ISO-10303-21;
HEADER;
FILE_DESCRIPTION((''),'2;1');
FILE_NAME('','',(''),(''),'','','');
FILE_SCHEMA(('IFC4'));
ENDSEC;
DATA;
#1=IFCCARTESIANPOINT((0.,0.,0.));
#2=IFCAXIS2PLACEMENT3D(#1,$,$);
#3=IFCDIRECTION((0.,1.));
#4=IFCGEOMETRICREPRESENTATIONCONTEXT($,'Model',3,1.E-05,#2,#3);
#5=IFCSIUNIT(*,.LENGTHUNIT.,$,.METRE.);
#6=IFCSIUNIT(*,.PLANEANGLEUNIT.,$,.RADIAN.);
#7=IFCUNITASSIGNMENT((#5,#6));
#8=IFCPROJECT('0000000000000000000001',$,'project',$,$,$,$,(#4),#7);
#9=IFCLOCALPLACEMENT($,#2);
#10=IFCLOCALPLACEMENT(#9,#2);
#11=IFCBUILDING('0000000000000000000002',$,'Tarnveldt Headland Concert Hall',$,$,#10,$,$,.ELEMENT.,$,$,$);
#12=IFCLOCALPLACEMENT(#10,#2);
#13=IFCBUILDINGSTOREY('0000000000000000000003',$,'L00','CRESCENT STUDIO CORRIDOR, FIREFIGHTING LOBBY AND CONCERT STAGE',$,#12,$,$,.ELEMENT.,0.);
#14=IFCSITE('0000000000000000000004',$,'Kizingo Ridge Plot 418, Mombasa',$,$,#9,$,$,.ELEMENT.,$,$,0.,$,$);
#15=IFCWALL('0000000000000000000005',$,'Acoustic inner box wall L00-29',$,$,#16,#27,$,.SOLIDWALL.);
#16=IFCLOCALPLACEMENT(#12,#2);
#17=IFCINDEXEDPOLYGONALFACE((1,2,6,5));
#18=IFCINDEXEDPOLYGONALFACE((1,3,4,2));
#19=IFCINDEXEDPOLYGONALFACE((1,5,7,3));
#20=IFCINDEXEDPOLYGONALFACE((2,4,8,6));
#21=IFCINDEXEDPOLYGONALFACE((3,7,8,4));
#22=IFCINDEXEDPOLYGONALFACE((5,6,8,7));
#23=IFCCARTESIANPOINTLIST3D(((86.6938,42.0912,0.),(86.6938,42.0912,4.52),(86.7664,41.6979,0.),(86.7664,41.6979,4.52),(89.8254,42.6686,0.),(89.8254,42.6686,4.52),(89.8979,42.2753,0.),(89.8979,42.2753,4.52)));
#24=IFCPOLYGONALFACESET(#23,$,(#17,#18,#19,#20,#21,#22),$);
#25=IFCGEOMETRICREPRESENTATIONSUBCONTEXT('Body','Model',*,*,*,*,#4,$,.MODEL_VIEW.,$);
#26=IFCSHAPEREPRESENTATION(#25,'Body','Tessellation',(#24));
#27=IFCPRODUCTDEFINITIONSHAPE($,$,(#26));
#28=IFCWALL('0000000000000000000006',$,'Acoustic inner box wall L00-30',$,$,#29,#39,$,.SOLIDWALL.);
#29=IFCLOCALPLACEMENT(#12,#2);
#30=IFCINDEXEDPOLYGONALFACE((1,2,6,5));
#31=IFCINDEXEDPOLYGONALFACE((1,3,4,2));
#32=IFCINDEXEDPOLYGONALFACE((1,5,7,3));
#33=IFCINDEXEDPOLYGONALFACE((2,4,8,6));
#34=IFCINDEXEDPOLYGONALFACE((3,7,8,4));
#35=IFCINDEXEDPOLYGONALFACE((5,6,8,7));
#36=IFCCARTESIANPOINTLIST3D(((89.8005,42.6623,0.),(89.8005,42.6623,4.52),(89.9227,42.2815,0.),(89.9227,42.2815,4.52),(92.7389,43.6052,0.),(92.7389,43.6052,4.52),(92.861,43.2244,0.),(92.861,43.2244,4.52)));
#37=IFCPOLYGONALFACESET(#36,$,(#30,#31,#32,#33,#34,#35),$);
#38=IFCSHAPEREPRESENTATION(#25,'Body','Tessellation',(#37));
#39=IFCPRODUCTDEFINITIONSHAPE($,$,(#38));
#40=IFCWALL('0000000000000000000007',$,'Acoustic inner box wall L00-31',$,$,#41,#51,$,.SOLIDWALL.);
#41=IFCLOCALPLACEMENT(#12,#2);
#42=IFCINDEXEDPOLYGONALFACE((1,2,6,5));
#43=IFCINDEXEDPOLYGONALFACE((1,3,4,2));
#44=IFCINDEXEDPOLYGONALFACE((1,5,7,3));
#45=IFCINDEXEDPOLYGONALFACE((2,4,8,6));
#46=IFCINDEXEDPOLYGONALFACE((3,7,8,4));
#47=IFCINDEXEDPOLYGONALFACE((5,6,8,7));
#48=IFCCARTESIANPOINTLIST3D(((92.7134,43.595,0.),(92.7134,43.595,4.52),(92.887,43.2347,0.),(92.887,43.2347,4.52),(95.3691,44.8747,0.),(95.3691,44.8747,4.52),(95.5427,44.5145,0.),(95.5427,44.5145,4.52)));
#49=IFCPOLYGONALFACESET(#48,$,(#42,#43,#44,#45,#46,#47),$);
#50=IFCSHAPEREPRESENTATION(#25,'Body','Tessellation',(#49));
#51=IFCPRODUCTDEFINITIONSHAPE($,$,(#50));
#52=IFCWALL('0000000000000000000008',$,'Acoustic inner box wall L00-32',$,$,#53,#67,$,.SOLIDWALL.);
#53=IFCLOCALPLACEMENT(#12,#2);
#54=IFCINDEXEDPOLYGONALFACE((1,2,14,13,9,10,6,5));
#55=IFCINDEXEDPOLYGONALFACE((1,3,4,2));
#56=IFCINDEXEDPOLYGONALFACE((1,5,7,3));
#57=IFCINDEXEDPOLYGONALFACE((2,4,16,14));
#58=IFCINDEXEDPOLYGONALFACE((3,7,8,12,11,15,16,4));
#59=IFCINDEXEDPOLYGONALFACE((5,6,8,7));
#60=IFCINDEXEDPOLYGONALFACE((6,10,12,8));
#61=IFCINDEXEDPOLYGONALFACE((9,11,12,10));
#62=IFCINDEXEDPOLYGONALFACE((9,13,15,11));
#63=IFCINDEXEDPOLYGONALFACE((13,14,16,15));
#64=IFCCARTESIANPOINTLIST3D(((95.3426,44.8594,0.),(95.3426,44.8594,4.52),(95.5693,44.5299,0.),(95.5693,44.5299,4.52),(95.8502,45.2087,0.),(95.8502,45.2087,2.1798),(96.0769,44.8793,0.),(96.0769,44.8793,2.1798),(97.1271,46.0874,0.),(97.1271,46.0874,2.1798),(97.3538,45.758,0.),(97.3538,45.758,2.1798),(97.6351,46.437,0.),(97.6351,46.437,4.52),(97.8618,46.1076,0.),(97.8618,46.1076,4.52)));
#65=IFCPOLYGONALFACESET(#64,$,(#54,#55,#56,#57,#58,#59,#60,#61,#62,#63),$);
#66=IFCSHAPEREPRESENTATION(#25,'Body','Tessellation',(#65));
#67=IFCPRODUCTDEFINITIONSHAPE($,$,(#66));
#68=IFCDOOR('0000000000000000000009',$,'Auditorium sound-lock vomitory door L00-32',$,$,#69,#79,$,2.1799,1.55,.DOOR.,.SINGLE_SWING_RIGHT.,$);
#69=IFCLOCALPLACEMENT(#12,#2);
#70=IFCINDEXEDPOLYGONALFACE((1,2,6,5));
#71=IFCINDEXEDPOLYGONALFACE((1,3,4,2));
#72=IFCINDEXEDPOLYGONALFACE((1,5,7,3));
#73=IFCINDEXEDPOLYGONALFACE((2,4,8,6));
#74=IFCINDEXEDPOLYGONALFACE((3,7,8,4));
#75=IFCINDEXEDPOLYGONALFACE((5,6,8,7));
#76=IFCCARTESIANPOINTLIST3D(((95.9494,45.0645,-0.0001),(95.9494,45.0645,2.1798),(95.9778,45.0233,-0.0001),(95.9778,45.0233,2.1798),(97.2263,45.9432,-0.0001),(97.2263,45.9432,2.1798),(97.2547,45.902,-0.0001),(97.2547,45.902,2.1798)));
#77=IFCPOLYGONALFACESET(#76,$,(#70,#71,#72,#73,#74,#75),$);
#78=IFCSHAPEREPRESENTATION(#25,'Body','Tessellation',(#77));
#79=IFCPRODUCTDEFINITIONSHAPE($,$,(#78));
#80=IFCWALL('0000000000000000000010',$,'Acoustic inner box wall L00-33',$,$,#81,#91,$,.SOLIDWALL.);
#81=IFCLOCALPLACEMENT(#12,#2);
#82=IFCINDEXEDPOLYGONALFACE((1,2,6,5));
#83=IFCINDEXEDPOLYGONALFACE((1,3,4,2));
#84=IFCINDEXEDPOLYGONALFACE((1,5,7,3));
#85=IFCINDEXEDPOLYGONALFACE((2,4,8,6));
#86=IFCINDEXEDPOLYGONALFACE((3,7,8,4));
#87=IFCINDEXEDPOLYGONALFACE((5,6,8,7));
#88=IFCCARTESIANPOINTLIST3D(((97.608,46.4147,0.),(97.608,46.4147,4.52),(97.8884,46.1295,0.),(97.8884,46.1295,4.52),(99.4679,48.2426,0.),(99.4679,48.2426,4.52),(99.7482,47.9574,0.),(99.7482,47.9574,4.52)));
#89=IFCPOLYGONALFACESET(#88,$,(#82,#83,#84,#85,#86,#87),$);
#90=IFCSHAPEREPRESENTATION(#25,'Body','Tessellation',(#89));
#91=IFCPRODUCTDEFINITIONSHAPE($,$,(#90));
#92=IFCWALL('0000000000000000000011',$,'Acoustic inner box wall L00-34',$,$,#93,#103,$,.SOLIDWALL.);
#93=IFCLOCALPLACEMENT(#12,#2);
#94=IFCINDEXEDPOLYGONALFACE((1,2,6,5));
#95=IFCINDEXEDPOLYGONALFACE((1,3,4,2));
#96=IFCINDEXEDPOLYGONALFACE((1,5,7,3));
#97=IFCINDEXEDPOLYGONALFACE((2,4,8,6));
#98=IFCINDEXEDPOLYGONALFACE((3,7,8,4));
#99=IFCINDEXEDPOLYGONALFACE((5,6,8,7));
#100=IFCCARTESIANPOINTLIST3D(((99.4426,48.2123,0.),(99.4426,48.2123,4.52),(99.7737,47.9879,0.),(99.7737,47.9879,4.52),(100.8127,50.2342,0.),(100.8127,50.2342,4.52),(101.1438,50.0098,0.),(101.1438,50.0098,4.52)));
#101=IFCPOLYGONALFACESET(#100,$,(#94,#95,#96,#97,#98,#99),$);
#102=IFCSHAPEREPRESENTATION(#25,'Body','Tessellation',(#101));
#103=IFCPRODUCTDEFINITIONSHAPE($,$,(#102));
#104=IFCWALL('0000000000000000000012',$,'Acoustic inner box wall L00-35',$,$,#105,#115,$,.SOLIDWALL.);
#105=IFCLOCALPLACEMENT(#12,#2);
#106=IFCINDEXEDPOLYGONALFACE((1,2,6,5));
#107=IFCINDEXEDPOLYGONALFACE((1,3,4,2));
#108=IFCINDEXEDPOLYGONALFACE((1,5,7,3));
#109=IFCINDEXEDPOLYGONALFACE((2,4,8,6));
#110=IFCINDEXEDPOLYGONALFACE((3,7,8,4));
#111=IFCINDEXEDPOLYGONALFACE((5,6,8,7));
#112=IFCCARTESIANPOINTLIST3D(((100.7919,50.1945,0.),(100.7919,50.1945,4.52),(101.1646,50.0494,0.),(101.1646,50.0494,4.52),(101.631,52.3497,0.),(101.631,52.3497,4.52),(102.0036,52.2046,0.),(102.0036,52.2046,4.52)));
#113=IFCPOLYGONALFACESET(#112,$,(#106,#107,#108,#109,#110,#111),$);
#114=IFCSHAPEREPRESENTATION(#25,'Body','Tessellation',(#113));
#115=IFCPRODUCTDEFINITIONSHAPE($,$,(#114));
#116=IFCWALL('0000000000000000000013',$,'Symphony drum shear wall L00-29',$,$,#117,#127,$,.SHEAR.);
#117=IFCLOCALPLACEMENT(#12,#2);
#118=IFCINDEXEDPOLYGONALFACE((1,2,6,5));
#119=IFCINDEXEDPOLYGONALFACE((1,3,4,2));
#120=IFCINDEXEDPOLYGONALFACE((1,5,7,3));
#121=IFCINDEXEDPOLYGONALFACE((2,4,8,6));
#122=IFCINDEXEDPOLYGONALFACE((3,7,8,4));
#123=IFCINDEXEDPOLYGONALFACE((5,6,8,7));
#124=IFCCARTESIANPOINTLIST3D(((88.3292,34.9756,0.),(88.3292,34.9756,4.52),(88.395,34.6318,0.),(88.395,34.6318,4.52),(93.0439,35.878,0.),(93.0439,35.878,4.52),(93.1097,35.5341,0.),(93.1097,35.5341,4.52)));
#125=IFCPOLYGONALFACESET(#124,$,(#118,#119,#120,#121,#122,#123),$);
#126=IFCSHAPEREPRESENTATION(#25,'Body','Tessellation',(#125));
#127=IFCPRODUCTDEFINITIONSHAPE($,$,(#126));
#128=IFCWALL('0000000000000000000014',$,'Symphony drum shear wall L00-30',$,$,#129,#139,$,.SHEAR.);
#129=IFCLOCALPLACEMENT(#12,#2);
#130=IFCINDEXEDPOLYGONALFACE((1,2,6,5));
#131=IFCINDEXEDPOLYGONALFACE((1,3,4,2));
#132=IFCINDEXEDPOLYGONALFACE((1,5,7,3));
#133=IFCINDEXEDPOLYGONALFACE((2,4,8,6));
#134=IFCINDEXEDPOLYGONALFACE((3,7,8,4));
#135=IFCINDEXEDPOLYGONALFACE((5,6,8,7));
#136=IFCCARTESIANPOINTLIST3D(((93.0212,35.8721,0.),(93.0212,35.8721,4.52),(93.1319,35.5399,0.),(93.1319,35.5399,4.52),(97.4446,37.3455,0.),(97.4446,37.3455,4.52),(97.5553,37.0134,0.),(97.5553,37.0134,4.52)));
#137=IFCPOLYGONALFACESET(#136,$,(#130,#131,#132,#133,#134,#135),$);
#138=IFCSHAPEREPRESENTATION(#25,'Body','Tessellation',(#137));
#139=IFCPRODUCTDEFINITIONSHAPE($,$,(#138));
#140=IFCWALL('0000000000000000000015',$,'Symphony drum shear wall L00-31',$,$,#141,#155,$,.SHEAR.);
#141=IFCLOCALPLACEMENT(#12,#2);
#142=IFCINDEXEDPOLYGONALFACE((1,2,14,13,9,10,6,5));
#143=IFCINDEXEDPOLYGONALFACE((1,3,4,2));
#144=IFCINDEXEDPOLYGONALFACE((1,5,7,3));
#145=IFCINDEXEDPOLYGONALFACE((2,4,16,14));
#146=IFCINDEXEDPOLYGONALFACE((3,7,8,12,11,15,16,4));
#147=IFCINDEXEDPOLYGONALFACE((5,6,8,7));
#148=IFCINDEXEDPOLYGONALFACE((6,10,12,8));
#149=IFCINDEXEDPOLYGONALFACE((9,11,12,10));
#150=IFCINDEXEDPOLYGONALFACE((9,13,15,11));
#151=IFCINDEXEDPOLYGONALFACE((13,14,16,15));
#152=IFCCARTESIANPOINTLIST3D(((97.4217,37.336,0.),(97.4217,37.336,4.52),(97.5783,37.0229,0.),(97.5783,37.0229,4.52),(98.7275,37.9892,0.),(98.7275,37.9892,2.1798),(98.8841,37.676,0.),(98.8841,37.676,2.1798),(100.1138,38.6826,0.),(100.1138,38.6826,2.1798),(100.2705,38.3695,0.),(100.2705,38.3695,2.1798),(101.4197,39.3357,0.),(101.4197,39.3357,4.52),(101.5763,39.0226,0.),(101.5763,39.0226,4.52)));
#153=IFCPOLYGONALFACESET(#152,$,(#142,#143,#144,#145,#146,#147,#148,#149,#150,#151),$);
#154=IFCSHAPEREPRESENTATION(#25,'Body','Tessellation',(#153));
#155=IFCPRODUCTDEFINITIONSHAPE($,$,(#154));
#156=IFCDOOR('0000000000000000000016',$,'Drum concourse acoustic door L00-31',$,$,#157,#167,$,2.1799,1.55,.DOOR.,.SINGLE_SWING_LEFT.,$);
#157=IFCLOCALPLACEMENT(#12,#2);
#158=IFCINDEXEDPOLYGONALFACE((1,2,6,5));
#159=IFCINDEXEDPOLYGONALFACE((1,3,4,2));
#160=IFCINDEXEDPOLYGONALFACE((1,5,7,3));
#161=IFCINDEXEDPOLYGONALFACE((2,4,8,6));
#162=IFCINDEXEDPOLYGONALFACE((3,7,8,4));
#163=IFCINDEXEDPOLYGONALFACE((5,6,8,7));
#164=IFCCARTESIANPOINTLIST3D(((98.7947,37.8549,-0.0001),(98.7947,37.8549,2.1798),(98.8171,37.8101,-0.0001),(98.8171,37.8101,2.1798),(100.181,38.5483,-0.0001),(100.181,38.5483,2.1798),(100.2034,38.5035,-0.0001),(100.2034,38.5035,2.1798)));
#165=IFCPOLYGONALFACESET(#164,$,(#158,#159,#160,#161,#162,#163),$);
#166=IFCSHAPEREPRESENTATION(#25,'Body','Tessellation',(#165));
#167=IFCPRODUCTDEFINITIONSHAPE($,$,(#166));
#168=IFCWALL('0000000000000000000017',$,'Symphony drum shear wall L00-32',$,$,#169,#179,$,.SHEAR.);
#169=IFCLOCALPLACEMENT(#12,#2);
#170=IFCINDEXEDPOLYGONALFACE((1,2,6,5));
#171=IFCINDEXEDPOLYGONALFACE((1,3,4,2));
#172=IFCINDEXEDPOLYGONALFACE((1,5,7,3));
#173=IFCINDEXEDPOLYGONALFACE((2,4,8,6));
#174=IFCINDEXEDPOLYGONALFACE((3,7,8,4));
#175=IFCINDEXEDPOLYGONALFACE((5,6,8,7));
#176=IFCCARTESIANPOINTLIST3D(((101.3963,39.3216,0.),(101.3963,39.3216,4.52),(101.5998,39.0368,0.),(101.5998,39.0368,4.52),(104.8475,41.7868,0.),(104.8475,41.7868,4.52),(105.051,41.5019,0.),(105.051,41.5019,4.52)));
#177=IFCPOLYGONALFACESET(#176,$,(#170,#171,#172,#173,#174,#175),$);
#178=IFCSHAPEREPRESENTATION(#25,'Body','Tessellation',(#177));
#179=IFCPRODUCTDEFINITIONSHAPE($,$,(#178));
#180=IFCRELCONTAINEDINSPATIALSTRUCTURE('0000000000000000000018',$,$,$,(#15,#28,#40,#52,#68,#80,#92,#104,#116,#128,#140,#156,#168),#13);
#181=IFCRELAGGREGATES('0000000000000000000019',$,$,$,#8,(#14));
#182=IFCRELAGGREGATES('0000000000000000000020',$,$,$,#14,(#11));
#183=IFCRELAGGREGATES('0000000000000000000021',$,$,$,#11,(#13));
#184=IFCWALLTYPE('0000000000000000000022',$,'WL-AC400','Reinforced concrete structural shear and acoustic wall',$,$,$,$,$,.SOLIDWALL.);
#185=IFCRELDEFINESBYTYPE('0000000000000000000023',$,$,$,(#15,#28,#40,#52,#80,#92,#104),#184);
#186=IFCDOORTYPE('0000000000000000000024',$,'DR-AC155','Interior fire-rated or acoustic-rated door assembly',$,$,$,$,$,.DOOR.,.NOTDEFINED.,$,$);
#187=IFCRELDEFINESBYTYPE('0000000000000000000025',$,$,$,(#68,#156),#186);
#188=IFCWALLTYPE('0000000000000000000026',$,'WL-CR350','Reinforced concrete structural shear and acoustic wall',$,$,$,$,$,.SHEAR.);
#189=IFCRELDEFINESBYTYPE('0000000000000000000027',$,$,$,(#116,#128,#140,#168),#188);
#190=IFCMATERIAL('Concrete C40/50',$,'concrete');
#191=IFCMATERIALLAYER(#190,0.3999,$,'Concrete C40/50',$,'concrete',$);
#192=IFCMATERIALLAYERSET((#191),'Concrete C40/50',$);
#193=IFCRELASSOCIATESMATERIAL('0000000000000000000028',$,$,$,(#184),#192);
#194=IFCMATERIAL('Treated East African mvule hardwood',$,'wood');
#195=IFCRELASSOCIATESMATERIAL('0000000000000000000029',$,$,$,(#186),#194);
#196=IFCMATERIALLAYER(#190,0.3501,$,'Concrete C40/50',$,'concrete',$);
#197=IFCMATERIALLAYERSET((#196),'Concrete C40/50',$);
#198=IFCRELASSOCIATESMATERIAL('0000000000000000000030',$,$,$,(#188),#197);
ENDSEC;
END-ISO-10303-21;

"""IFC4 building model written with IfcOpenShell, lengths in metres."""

from ifc_helpers import new_model, si_unit, direction, frame, frame_2d, origin, place, context, subcontext, project, spatial, rectangle, extrude, material, layer, layer_set, type_object, element, fill, save


model = new_model("IFC4")

# Units and contexts
model_context = context("Model", 3, precision=1e-05, world=origin(), true_north=direction((0.0, 1.0)))
body_context = subcontext(model_context, "Body", "Model", "MODEL_VIEW")
ifc_project = project(units=[si_unit("LENGTHUNIT", "METRE"), si_unit("PLANEANGLEUNIT", "RADIAN")], contexts=[model_context])

# Site, building, storey
site_placement = place(None, origin())
site = spatial("IfcSite", under=ifc_project, at=site_placement, Name="Kizingo Ridge Plot 418, Mombasa", CompositionType="ELEMENT", RefElevation=0.0)
building_placement = place(site_placement, origin())
building = spatial("IfcBuilding", under=site, at=building_placement, Name="Tarnveldt Headland Concert Hall", CompositionType="ELEMENT")
storey_placement = place(building_placement, origin())
storey = spatial("IfcBuildingStorey", under=building, at=storey_placement, Name="L00", Description="CRESCENT STUDIO CORRIDOR, FIREFIGHTING LOBBY AND CONCERT STAGE", CompositionType="ELEMENT", Elevation=0.0)

# Shared definitions
ifc_material_1 = material(Name="Concrete C40/50", Category="concrete")

# Walls
ifc_layer_1 = layer(ifc_material_1, 0.3999, Name="Concrete C40/50", Category="concrete")
ifc_layer_set_1 = layer_set([ifc_layer_1], Name="Concrete C40/50")
wall_type_1 = type_object("IfcWallType", Name="WL-AC400", Description="Reinforced concrete structural shear and acoustic wall", PredefinedType="SOLIDWALL", material=ifc_layer_set_1)
wall_1_placement = place(storey_placement, frame((86.73, 41.8945, 0.0), z_axis=(0.0, 0.0, 1.0), x_axis=(0.983424, 0.18132, 0.0)))
element("IfcWall", 1, at=wall_1_placement, inside=storey, type_object=wall_type_1, Name="Acoustic inner box wall L00-29", PredefinedType="SOLIDWALL", context=body_context, shape_type="SweptSolid", body=[
    extrude(rectangle(XDim=3.1843, YDim=0.3999, at=frame_2d((1.5923, 0.0))), origin(), (0.0, 0.0, 1.0), 4.52),
])
wall_2_placement = place(storey_placement, frame((89.8616, 42.4719, 0.0), z_axis=(0.0, 0.0, 1.0), x_axis=(0.952183, 0.305528, 0.0)))
element("IfcWall", 2, at=wall_2_placement, inside=storey, type_object=wall_type_1, Name="Acoustic inner box wall L00-30", PredefinedType="SOLIDWALL", context=body_context, shape_type="SweptSolid", body=[
    extrude(rectangle(XDim=3.0859, YDim=0.3999, at=frame_2d((1.543, 0.0))), origin(), (0.0, 0.0, 1.0), 4.52),
])
wall_3_placement = place(storey_placement, frame((92.8, 43.4148, 0.0), z_axis=(0.0, 0.0, 1.0), x_axis=(0.900858, 0.434114, 0.0)))
element("IfcWall", 3, at=wall_3_placement, inside=storey, type_object=wall_type_1, Name="Acoustic inner box wall L00-31", PredefinedType="SOLIDWALL", context=body_context, shape_type="SweptSolid", body=[
    extrude(rectangle(XDim=2.948, YDim=0.3999, at=frame_2d((1.4741, 0.0))), origin(), (0.0, 0.0, 1.0), 4.52),
])

# Wall, opening, door
wall_4_placement = place(storey_placement, frame((95.4558, 44.6946, 0.0), z_axis=(0.0, 0.0, 1.0), x_axis=(0.823781, 0.566909, 0.0)))
wall_4 = element("IfcWall", 4, at=wall_4_placement, inside=storey, type_object=wall_type_1, Name="Acoustic inner box wall L00-32", PredefinedType="SOLIDWALL", context=body_context, shape_type="SweptSolid", body=[
    extrude(rectangle(XDim=2.783, YDim=0.3999, at=frame_2d((1.3916, 0.0))), origin(), (0.0, 0.0, 1.0), 4.52),
])
opening_1_placement = place(wall_4_placement, frame((0.6165, 0.0, 0.0)))
opening_1 = element("IfcOpeningElement", 5, at=opening_1_placement, cuts=wall_4, PredefinedType="OPENING", context=body_context, shape_type="SweptSolid", body=[
    extrude(rectangle(XDim=1.55, YDim=2.1799, at=frame_2d((0.7749, 1.0898))), frame((0.0, 0.21, 0.0), z_axis=(0.0, -1.0, 0.0), x_axis=(1.0, 0.0, 0.0)), (0.0, 0.0, 1.0), 0.4199),
])
ifc_material_2 = material(Name="Treated East African mvule hardwood", Category="wood")
door_type = type_object("IfcDoorType", Name="DR-AC155", Description="Interior fire-rated or acoustic-rated door assembly", OperationType="NOTDEFINED", PredefinedType="DOOR", material=ifc_material_2)
door_1_placement = place(opening_1_placement, origin())
door_1 = element("IfcDoor", 6, at=door_1_placement, inside=storey, type_object=door_type, Name="Auditorium sound-lock vomitory door L00-32", OperationType="SINGLE_SWING_RIGHT", OverallHeight=2.1799, OverallWidth=1.55, PredefinedType="DOOR", context=body_context, shape_type="SweptSolid", body=[
    extrude(rectangle(XDim=1.55, YDim=2.1799, at=frame_2d((0.7749, 1.0898))), frame((0.0, 0.0249, 0.0), z_axis=(0.0, -1.0, 0.0), x_axis=(1.0, 0.0, 0.0)), (0.0, 0.0, 1.0), 0.05),
])
fill(opening_1, door_1)

# Walls
wall_5_placement = place(storey_placement, frame((97.7483, 46.2722, 0.0), z_axis=(0.0, 0.0, 1.0), x_axis=(0.713212, 0.700948, 0.0)))
element("IfcWall", 7, at=wall_5_placement, inside=storey, type_object=wall_type_1, Name="Acoustic inner box wall L00-33", PredefinedType="SOLIDWALL", context=body_context, shape_type="SweptSolid", body=[
    extrude(rectangle(XDim=2.6077, YDim=0.3999, at=frame_2d((1.3037, 0.0))), origin(), (0.0, 0.0, 1.0), 4.52),
])
wall_6_placement = place(storey_placement, frame((99.6082, 48.1001, 0.0), z_axis=(0.0, 0.0, 1.0), x_axis=(0.560959, 0.827844, 0.0)))
element("IfcWall", 8, at=wall_6_placement, inside=storey, type_object=wall_type_1, Name="Acoustic inner box wall L00-34", PredefinedType="SOLIDWALL", context=body_context, shape_type="SweptSolid", body=[
    extrude(rectangle(XDim=2.4424, YDim=0.3999, at=frame_2d((1.2212, 0.0))), origin(), (0.0, 0.0, 1.0), 4.52),
])
wall_7_placement = place(storey_placement, frame((100.9783, 50.1221, 0.0), z_axis=(0.0, 0.0, 1.0), x_axis=(0.362803, 0.931866, 0.0)))
element("IfcWall", 9, at=wall_7_placement, inside=storey, type_object=wall_type_1, Name="Acoustic inner box wall L00-35", PredefinedType="SOLIDWALL", context=body_context, shape_type="SweptSolid", body=[
    extrude(rectangle(XDim=2.3127, YDim=0.3999, at=frame_2d((1.1562, 0.0))), origin(), (0.0, 0.0, 1.0), 4.52),
])
ifc_layer_2 = layer(ifc_material_1, 0.3501, Name="Concrete C40/50", Category="concrete")
ifc_layer_set_2 = layer_set([ifc_layer_2], Name="Concrete C40/50")
wall_type_2 = type_object("IfcWallType", Name="WL-CR350", Description="Reinforced concrete structural shear and acoustic wall", PredefinedType="SHEAR", material=ifc_layer_set_2)
wall_8_placement = place(storey_placement, frame((88.3621, 34.8037, 0.0), z_axis=(0.0, 0.0, 1.0), x_axis=(0.982173, 0.187981, 0.0)))
element("IfcWall", 10, at=wall_8_placement, inside=storey, type_object=wall_type_2, Name="Symphony drum shear wall L00-29", PredefinedType="SHEAR", context=body_context, shape_type="SweptSolid", body=[
    extrude(rectangle(XDim=4.8003, YDim=0.3501, at=frame_2d((2.4001, 0.0))), origin(), (0.0, 0.0, 1.0), 4.52),
])
wall_9_placement = place(storey_placement, frame((93.0767, 35.7061, 0.0), z_axis=(0.0, 0.0, 1.0), x_axis=(0.948751, 0.316024, 0.0)))
element("IfcWall", 11, at=wall_9_placement, inside=storey, type_object=wall_type_2, Name="Symphony drum shear wall L00-30", PredefinedType="SHEAR", context=body_context, shape_type="SweptSolid", body=[
    extrude(rectangle(XDim=4.6624, YDim=0.3501, at=frame_2d((2.3311, 0.0))), origin(), (0.0, 0.0, 1.0), 4.52),
])

# Wall, opening, door
wall_10_placement = place(storey_placement, frame((97.5, 37.1794, 0.0), z_axis=(0.0, 0.0, 1.0), x_axis=(0.894362, 0.447345, 0.0)))
wall_10 = element("IfcWall", 12, at=wall_10_placement, inside=storey, type_object=wall_type_2, Name="Symphony drum shear wall L00-31", PredefinedType="SHEAR", context=body_context, shape_type="SweptSolid", body=[
    extrude(rectangle(XDim=4.4702, YDim=0.3501, at=frame_2d((2.2351, 0.0))), origin(), (0.0, 0.0, 1.0), 4.52),
])
opening_2_placement = place(wall_10_placement, frame((1.4602, 0.0, 0.0)))
opening_2 = element("IfcOpeningElement", 13, at=opening_2_placement, cuts=wall_10, PredefinedType="OPENING", context=body_context, shape_type="SweptSolid", body=[
    extrude(rectangle(XDim=1.55, YDim=2.1799, at=frame_2d((0.7749, 1.0898))), frame((0.0, 0.1851, 0.0), z_axis=(0.0, -1.0, 0.0), x_axis=(1.0, 0.0, 0.0)), (0.0, 0.0, 1.0), 0.3701),
])
door_2_placement = place(opening_2_placement, origin())
door_2 = element("IfcDoor", 14, at=door_2_placement, inside=storey, type_object=door_type, Name="Drum concourse acoustic door L00-31", OperationType="SINGLE_SWING_LEFT", OverallHeight=2.1799, OverallWidth=1.55, PredefinedType="DOOR", context=body_context, shape_type="SweptSolid", body=[
    extrude(rectangle(XDim=1.55, YDim=2.1799, at=frame_2d((0.7749, 1.0898))), frame((0.0, 0.0249, 0.0), z_axis=(0.0, -1.0, 0.0), x_axis=(1.0, 0.0, 0.0)), (0.0, 0.0, 1.0), 0.05),
])
fill(opening_2, door_2)

# Wall
wall_11_placement = place(storey_placement, frame((101.498, 39.1792, 0.0), z_axis=(0.0, 0.0, 1.0), x_axis=(0.813737, 0.581233, 0.0)))
element("IfcWall", 15, at=wall_11_placement, inside=storey, type_object=wall_type_2, Name="Symphony drum shear wall L00-32", PredefinedType="SHEAR", context=body_context, shape_type="SweptSolid", body=[
    extrude(rectangle(XDim=4.2412, YDim=0.3501, at=frame_2d((2.1206, 0.0))), origin(), (0.0, 0.0, 1.0), 4.52),
])

save(model, "model.ifc")
